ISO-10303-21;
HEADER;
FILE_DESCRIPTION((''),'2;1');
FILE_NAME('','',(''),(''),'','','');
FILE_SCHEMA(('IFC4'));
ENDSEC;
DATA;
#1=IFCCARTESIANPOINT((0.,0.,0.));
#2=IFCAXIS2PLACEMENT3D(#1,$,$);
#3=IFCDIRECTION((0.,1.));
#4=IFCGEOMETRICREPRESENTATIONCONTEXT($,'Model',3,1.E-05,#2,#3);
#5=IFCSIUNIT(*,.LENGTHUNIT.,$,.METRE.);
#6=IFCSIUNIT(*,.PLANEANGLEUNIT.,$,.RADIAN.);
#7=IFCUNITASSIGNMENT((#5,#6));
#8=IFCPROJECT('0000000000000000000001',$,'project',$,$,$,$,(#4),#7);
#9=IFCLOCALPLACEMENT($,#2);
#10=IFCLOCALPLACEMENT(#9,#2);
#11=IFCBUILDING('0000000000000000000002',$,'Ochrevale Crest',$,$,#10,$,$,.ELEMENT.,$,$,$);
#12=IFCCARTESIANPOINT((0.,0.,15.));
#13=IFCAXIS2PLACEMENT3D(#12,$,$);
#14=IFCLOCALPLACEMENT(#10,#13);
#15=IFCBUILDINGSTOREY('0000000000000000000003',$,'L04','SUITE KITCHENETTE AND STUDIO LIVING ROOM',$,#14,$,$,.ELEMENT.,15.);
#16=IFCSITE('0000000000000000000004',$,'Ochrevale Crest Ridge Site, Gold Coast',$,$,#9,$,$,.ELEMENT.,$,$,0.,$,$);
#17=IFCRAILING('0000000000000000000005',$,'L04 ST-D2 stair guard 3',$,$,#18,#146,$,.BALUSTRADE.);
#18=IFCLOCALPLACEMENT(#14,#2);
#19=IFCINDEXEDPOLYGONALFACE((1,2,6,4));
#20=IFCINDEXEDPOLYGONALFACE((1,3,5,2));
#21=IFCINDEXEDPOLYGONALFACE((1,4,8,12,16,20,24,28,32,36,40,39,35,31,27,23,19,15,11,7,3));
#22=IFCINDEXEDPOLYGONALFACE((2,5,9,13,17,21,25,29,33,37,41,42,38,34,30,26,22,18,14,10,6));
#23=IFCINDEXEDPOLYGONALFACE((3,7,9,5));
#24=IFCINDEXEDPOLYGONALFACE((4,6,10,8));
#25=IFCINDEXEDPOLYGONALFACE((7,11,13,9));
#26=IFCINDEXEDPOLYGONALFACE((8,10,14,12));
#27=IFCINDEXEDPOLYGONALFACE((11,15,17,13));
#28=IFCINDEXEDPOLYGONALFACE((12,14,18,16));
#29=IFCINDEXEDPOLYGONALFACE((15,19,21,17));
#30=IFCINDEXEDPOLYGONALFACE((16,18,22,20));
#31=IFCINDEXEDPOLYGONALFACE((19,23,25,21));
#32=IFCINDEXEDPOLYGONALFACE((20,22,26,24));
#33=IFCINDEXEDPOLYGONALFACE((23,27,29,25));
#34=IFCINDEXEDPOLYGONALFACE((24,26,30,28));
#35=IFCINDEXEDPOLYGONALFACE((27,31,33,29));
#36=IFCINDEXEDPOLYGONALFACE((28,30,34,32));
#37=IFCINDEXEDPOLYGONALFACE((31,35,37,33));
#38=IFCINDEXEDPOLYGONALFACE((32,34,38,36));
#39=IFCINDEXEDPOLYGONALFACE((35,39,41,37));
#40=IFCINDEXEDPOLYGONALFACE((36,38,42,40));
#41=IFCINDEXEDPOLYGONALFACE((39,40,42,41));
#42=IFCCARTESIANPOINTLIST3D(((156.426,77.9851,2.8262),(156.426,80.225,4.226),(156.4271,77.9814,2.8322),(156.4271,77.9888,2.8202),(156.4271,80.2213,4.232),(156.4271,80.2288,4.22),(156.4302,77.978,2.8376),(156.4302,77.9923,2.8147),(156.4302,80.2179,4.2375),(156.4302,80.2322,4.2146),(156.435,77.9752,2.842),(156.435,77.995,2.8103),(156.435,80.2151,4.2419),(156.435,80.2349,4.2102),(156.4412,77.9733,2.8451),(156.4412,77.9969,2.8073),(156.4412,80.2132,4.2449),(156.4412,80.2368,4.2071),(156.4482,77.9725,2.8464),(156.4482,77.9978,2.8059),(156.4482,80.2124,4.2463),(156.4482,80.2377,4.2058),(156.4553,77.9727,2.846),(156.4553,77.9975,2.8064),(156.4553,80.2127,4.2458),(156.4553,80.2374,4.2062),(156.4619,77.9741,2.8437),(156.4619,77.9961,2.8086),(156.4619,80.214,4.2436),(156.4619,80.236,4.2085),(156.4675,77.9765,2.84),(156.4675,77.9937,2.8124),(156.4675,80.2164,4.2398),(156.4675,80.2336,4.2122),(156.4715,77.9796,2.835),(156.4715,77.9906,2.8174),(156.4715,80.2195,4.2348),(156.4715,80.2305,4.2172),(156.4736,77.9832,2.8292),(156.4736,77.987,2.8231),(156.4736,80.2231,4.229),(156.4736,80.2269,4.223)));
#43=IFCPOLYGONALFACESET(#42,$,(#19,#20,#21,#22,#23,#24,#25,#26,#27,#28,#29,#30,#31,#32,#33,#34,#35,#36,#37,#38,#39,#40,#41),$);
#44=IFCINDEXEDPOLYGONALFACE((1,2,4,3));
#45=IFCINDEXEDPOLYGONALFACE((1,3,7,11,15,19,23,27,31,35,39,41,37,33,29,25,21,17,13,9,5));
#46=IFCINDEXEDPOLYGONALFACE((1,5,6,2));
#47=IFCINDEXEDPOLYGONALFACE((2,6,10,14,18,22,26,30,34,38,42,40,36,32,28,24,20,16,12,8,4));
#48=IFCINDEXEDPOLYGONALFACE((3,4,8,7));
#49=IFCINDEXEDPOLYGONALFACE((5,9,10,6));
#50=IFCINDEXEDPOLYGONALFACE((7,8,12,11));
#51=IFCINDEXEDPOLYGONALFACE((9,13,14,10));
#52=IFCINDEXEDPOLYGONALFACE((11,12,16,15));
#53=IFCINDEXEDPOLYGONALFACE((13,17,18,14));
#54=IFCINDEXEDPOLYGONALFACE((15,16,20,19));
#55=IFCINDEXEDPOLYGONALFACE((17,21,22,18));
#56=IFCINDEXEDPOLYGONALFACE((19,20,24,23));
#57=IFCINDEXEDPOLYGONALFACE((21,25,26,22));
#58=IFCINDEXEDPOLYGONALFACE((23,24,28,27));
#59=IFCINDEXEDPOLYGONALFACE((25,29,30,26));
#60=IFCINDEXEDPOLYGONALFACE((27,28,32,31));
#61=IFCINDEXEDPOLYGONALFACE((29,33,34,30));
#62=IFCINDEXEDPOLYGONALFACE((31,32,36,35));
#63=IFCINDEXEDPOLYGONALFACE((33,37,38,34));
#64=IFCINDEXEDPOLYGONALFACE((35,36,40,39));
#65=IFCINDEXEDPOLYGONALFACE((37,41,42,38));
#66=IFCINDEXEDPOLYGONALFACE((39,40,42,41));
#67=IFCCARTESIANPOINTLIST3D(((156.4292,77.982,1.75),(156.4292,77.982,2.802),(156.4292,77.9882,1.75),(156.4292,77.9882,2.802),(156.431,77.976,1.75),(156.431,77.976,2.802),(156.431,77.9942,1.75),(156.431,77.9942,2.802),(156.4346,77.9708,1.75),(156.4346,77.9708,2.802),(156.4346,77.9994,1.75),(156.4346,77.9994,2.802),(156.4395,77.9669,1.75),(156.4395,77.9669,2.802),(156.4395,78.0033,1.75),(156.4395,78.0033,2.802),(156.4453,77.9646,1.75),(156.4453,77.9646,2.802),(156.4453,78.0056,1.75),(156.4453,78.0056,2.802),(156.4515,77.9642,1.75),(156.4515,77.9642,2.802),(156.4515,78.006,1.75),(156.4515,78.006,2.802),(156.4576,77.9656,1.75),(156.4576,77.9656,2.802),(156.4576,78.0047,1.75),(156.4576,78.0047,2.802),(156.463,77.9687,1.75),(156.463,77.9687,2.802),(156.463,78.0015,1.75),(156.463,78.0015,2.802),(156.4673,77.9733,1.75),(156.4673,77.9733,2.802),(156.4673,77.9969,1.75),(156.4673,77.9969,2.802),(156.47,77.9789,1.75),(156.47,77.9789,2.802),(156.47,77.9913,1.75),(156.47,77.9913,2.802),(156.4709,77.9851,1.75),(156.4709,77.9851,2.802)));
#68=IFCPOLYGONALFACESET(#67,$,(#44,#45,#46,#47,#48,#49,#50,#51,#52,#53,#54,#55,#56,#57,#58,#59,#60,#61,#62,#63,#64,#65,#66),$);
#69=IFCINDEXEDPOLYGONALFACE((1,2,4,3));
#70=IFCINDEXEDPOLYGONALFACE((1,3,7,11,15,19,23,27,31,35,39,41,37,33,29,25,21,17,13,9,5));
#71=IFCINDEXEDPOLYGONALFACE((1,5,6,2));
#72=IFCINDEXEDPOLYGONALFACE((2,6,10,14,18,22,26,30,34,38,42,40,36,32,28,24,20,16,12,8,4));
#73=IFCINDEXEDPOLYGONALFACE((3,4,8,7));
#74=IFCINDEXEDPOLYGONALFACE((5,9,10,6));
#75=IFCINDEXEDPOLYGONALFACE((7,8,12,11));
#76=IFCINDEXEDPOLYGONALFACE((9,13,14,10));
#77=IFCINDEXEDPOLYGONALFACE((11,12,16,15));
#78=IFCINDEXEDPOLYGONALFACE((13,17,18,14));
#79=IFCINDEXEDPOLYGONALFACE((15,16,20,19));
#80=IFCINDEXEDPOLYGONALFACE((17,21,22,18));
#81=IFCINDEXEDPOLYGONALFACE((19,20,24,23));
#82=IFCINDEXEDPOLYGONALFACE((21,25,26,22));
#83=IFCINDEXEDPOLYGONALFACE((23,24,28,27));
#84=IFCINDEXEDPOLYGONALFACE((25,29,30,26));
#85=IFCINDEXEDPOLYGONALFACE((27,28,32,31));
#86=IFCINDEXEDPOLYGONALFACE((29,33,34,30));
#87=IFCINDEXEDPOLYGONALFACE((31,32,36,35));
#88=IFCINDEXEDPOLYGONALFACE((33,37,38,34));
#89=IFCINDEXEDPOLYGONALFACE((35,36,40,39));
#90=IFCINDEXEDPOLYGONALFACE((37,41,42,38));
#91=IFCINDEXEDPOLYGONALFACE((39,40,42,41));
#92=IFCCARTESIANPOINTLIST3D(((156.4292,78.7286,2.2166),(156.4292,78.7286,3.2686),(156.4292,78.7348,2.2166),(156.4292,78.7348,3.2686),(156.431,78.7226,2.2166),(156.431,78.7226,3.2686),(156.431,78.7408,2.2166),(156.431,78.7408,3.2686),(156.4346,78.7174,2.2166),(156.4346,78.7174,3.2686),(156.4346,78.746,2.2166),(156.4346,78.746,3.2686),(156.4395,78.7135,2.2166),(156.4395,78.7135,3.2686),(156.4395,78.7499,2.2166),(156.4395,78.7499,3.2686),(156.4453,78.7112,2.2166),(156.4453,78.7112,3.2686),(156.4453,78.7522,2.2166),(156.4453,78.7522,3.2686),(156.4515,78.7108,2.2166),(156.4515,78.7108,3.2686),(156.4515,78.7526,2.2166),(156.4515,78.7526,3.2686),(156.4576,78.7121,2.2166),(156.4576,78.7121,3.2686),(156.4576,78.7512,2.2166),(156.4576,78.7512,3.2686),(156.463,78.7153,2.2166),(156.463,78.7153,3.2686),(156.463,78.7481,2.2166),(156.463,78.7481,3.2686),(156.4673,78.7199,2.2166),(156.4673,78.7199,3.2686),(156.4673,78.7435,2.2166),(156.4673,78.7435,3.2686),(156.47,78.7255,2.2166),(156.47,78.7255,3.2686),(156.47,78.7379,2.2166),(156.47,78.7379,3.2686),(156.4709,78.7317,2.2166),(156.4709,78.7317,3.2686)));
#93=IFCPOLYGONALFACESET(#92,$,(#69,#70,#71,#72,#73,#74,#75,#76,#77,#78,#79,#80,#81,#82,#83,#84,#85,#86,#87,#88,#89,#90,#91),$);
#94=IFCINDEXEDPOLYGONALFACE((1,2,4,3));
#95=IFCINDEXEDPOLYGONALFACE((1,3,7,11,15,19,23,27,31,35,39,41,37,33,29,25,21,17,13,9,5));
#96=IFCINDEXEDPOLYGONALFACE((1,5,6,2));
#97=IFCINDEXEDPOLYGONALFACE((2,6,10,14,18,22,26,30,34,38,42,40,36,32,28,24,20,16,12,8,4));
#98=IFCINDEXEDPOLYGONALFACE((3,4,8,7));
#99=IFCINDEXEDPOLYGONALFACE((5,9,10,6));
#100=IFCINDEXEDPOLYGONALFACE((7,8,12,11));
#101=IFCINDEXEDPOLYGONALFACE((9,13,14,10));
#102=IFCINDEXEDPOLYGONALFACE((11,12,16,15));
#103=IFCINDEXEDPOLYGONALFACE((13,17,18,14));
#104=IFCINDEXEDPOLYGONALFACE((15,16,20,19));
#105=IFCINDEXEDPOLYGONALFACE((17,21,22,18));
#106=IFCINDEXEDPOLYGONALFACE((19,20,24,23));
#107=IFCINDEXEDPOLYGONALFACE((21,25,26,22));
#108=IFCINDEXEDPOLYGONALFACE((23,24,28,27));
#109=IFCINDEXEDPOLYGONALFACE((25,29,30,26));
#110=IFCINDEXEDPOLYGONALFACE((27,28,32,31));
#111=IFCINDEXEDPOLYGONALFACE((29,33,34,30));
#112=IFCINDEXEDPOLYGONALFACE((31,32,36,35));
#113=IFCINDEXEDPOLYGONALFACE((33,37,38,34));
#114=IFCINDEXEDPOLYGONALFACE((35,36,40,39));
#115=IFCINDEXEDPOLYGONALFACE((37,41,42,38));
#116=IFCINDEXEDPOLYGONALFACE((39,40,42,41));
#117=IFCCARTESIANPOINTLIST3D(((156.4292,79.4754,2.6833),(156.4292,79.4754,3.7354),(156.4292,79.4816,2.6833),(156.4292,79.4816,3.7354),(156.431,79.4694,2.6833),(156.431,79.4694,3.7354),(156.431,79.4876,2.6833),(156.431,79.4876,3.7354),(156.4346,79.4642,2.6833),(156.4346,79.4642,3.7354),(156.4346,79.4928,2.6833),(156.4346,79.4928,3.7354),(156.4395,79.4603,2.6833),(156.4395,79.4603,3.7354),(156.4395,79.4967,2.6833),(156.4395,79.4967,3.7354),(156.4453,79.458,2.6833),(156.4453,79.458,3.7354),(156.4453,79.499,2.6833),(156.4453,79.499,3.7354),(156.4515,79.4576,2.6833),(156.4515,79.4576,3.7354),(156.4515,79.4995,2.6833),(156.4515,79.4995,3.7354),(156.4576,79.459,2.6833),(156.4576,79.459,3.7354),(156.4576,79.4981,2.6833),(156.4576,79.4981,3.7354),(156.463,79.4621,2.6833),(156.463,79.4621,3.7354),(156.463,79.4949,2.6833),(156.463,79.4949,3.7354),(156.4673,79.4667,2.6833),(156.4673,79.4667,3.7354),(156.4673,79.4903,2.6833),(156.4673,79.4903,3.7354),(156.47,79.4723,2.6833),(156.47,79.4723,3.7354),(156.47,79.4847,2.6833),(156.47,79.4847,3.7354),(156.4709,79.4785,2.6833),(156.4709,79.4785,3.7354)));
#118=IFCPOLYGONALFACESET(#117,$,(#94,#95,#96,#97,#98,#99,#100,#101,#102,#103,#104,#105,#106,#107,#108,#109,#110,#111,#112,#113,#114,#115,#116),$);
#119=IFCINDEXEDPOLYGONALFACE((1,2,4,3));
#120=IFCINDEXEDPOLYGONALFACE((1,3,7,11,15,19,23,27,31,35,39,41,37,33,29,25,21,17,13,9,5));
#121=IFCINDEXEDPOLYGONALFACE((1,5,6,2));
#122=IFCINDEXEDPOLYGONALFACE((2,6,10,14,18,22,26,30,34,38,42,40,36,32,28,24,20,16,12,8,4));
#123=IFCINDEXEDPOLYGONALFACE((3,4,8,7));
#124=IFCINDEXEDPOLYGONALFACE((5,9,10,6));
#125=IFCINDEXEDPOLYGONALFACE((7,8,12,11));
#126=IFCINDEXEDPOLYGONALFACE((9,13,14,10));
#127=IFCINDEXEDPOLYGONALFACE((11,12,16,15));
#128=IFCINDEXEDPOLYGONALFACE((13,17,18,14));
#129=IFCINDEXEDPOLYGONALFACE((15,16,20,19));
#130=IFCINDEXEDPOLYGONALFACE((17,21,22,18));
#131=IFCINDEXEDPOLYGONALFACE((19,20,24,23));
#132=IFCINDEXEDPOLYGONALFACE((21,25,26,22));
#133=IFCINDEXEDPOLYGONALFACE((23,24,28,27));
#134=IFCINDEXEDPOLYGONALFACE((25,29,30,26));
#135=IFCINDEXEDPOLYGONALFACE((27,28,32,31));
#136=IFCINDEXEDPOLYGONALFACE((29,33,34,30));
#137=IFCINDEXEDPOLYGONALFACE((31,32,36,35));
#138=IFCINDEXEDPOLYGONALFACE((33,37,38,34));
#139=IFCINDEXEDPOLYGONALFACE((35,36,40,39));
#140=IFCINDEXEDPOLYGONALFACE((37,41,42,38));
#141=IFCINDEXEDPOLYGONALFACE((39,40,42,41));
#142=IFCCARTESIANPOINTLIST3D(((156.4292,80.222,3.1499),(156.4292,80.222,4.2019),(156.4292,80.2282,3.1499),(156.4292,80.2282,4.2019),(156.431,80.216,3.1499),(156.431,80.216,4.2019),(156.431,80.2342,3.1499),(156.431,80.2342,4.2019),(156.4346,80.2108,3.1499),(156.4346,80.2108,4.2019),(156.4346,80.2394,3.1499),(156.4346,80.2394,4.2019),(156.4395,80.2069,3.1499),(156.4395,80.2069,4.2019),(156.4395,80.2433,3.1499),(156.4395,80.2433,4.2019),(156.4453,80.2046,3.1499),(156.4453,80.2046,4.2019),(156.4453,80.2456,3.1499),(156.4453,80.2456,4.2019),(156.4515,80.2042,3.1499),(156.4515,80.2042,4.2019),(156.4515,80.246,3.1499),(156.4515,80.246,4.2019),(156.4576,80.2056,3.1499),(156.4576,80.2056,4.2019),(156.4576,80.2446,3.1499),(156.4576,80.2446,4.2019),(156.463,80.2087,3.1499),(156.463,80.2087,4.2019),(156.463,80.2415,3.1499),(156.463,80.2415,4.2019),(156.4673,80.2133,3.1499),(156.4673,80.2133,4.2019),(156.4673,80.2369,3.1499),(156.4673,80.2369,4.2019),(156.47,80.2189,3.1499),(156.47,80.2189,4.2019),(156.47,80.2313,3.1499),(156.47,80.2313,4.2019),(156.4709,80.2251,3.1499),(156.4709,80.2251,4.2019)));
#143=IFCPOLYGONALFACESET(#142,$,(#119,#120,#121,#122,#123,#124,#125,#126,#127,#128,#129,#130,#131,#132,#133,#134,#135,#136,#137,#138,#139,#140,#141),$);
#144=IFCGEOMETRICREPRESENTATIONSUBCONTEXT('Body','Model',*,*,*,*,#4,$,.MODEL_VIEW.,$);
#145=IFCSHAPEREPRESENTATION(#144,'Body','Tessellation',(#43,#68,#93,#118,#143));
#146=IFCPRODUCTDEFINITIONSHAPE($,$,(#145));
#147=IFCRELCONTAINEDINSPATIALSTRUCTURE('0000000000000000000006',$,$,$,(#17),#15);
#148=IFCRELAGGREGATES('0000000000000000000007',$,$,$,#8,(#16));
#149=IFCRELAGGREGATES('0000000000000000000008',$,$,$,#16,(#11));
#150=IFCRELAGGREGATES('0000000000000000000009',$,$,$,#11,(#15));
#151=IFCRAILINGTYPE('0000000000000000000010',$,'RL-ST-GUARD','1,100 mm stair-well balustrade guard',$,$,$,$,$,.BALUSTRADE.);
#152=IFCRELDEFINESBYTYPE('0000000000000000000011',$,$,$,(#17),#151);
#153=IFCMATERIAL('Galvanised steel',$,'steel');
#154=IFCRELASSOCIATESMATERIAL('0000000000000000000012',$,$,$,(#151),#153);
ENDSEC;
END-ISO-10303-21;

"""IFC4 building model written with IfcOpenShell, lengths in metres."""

from ifc_helpers import new_model, si_unit, direction, frame, origin, origin_2d, place, context, subcontext, project, spatial, circle, extrude, material, type_object, element, save


model = new_model("IFC4")

# Units and contexts
model_context = context("Model", 3, precision=1e-05, world=origin(), true_north=direction((0.0, 1.0)))
body_context = subcontext(model_context, "Body", "Model", "MODEL_VIEW")
ifc_project = project(units=[si_unit("LENGTHUNIT", "METRE"), si_unit("PLANEANGLEUNIT", "RADIAN")], contexts=[model_context])

# Site, building, storey
site_placement = place(None, origin())
site = spatial("IfcSite", under=ifc_project, at=site_placement, Name="Ochrevale Crest Ridge Site, Gold Coast", CompositionType="ELEMENT", RefElevation=0.0)
building_placement = place(site_placement, origin())
building = spatial("IfcBuilding", under=site, at=building_placement, Name="Ochrevale Crest", CompositionType="ELEMENT")
storey_placement = place(building_placement, frame((0.0, 0.0, 15.0)))
storey = spatial("IfcBuildingStorey", under=building, at=storey_placement, Name="L04", Description="SUITE KITCHENETTE AND STUDIO LIVING ROOM", CompositionType="ELEMENT", Elevation=15.0)

# Railing
ifc_material_1 = material(Name="Galvanised steel", Category="steel")
railing_type_1 = type_object("IfcRailingType", Name="RL-ST-GUARD", Description="1,100 mm stair-well balustrade guard", PredefinedType="BALUSTRADE", material=ifc_material_1)
railing_1_placement = place(storey_placement, frame((156.45, 77.9851, 1.75)))
element("IfcRailing", 1, at=railing_1_placement, inside=storey, type_object=railing_type_1, Name="L04 ST-D2 stair guard 3", PredefinedType="BALUSTRADE", context=body_context, shape_type="SweptSolid", body=[
    extrude(circle(Radius=0.0239, at=origin_2d()), frame((0.0, 0.0, 1.0762), z_axis=(0.0, 0.848014, 0.529974), x_axis=(-1.0, 0.0, 0.0)), (0.0, 0.0, 1.0), 2.6414),
    extrude(circle(Radius=0.021, at=origin_2d()), origin(), (0.0, 0.0, 1.0), 1.052),
    extrude(circle(Radius=0.021, at=origin_2d()), frame((0.0, 0.7466, 0.4666)), (0.0, 0.0, 1.0), 1.052),
    extrude(circle(Radius=0.021, at=origin_2d()), frame((0.0, 1.4934, 0.9333)), (0.0, 0.0, 1.0), 1.052),
    extrude(circle(Radius=0.021, at=origin_2d()), frame((0.0, 2.24, 1.3999)), (0.0, 0.0, 1.0), 1.052),
])

save(model, "model.ifc")
